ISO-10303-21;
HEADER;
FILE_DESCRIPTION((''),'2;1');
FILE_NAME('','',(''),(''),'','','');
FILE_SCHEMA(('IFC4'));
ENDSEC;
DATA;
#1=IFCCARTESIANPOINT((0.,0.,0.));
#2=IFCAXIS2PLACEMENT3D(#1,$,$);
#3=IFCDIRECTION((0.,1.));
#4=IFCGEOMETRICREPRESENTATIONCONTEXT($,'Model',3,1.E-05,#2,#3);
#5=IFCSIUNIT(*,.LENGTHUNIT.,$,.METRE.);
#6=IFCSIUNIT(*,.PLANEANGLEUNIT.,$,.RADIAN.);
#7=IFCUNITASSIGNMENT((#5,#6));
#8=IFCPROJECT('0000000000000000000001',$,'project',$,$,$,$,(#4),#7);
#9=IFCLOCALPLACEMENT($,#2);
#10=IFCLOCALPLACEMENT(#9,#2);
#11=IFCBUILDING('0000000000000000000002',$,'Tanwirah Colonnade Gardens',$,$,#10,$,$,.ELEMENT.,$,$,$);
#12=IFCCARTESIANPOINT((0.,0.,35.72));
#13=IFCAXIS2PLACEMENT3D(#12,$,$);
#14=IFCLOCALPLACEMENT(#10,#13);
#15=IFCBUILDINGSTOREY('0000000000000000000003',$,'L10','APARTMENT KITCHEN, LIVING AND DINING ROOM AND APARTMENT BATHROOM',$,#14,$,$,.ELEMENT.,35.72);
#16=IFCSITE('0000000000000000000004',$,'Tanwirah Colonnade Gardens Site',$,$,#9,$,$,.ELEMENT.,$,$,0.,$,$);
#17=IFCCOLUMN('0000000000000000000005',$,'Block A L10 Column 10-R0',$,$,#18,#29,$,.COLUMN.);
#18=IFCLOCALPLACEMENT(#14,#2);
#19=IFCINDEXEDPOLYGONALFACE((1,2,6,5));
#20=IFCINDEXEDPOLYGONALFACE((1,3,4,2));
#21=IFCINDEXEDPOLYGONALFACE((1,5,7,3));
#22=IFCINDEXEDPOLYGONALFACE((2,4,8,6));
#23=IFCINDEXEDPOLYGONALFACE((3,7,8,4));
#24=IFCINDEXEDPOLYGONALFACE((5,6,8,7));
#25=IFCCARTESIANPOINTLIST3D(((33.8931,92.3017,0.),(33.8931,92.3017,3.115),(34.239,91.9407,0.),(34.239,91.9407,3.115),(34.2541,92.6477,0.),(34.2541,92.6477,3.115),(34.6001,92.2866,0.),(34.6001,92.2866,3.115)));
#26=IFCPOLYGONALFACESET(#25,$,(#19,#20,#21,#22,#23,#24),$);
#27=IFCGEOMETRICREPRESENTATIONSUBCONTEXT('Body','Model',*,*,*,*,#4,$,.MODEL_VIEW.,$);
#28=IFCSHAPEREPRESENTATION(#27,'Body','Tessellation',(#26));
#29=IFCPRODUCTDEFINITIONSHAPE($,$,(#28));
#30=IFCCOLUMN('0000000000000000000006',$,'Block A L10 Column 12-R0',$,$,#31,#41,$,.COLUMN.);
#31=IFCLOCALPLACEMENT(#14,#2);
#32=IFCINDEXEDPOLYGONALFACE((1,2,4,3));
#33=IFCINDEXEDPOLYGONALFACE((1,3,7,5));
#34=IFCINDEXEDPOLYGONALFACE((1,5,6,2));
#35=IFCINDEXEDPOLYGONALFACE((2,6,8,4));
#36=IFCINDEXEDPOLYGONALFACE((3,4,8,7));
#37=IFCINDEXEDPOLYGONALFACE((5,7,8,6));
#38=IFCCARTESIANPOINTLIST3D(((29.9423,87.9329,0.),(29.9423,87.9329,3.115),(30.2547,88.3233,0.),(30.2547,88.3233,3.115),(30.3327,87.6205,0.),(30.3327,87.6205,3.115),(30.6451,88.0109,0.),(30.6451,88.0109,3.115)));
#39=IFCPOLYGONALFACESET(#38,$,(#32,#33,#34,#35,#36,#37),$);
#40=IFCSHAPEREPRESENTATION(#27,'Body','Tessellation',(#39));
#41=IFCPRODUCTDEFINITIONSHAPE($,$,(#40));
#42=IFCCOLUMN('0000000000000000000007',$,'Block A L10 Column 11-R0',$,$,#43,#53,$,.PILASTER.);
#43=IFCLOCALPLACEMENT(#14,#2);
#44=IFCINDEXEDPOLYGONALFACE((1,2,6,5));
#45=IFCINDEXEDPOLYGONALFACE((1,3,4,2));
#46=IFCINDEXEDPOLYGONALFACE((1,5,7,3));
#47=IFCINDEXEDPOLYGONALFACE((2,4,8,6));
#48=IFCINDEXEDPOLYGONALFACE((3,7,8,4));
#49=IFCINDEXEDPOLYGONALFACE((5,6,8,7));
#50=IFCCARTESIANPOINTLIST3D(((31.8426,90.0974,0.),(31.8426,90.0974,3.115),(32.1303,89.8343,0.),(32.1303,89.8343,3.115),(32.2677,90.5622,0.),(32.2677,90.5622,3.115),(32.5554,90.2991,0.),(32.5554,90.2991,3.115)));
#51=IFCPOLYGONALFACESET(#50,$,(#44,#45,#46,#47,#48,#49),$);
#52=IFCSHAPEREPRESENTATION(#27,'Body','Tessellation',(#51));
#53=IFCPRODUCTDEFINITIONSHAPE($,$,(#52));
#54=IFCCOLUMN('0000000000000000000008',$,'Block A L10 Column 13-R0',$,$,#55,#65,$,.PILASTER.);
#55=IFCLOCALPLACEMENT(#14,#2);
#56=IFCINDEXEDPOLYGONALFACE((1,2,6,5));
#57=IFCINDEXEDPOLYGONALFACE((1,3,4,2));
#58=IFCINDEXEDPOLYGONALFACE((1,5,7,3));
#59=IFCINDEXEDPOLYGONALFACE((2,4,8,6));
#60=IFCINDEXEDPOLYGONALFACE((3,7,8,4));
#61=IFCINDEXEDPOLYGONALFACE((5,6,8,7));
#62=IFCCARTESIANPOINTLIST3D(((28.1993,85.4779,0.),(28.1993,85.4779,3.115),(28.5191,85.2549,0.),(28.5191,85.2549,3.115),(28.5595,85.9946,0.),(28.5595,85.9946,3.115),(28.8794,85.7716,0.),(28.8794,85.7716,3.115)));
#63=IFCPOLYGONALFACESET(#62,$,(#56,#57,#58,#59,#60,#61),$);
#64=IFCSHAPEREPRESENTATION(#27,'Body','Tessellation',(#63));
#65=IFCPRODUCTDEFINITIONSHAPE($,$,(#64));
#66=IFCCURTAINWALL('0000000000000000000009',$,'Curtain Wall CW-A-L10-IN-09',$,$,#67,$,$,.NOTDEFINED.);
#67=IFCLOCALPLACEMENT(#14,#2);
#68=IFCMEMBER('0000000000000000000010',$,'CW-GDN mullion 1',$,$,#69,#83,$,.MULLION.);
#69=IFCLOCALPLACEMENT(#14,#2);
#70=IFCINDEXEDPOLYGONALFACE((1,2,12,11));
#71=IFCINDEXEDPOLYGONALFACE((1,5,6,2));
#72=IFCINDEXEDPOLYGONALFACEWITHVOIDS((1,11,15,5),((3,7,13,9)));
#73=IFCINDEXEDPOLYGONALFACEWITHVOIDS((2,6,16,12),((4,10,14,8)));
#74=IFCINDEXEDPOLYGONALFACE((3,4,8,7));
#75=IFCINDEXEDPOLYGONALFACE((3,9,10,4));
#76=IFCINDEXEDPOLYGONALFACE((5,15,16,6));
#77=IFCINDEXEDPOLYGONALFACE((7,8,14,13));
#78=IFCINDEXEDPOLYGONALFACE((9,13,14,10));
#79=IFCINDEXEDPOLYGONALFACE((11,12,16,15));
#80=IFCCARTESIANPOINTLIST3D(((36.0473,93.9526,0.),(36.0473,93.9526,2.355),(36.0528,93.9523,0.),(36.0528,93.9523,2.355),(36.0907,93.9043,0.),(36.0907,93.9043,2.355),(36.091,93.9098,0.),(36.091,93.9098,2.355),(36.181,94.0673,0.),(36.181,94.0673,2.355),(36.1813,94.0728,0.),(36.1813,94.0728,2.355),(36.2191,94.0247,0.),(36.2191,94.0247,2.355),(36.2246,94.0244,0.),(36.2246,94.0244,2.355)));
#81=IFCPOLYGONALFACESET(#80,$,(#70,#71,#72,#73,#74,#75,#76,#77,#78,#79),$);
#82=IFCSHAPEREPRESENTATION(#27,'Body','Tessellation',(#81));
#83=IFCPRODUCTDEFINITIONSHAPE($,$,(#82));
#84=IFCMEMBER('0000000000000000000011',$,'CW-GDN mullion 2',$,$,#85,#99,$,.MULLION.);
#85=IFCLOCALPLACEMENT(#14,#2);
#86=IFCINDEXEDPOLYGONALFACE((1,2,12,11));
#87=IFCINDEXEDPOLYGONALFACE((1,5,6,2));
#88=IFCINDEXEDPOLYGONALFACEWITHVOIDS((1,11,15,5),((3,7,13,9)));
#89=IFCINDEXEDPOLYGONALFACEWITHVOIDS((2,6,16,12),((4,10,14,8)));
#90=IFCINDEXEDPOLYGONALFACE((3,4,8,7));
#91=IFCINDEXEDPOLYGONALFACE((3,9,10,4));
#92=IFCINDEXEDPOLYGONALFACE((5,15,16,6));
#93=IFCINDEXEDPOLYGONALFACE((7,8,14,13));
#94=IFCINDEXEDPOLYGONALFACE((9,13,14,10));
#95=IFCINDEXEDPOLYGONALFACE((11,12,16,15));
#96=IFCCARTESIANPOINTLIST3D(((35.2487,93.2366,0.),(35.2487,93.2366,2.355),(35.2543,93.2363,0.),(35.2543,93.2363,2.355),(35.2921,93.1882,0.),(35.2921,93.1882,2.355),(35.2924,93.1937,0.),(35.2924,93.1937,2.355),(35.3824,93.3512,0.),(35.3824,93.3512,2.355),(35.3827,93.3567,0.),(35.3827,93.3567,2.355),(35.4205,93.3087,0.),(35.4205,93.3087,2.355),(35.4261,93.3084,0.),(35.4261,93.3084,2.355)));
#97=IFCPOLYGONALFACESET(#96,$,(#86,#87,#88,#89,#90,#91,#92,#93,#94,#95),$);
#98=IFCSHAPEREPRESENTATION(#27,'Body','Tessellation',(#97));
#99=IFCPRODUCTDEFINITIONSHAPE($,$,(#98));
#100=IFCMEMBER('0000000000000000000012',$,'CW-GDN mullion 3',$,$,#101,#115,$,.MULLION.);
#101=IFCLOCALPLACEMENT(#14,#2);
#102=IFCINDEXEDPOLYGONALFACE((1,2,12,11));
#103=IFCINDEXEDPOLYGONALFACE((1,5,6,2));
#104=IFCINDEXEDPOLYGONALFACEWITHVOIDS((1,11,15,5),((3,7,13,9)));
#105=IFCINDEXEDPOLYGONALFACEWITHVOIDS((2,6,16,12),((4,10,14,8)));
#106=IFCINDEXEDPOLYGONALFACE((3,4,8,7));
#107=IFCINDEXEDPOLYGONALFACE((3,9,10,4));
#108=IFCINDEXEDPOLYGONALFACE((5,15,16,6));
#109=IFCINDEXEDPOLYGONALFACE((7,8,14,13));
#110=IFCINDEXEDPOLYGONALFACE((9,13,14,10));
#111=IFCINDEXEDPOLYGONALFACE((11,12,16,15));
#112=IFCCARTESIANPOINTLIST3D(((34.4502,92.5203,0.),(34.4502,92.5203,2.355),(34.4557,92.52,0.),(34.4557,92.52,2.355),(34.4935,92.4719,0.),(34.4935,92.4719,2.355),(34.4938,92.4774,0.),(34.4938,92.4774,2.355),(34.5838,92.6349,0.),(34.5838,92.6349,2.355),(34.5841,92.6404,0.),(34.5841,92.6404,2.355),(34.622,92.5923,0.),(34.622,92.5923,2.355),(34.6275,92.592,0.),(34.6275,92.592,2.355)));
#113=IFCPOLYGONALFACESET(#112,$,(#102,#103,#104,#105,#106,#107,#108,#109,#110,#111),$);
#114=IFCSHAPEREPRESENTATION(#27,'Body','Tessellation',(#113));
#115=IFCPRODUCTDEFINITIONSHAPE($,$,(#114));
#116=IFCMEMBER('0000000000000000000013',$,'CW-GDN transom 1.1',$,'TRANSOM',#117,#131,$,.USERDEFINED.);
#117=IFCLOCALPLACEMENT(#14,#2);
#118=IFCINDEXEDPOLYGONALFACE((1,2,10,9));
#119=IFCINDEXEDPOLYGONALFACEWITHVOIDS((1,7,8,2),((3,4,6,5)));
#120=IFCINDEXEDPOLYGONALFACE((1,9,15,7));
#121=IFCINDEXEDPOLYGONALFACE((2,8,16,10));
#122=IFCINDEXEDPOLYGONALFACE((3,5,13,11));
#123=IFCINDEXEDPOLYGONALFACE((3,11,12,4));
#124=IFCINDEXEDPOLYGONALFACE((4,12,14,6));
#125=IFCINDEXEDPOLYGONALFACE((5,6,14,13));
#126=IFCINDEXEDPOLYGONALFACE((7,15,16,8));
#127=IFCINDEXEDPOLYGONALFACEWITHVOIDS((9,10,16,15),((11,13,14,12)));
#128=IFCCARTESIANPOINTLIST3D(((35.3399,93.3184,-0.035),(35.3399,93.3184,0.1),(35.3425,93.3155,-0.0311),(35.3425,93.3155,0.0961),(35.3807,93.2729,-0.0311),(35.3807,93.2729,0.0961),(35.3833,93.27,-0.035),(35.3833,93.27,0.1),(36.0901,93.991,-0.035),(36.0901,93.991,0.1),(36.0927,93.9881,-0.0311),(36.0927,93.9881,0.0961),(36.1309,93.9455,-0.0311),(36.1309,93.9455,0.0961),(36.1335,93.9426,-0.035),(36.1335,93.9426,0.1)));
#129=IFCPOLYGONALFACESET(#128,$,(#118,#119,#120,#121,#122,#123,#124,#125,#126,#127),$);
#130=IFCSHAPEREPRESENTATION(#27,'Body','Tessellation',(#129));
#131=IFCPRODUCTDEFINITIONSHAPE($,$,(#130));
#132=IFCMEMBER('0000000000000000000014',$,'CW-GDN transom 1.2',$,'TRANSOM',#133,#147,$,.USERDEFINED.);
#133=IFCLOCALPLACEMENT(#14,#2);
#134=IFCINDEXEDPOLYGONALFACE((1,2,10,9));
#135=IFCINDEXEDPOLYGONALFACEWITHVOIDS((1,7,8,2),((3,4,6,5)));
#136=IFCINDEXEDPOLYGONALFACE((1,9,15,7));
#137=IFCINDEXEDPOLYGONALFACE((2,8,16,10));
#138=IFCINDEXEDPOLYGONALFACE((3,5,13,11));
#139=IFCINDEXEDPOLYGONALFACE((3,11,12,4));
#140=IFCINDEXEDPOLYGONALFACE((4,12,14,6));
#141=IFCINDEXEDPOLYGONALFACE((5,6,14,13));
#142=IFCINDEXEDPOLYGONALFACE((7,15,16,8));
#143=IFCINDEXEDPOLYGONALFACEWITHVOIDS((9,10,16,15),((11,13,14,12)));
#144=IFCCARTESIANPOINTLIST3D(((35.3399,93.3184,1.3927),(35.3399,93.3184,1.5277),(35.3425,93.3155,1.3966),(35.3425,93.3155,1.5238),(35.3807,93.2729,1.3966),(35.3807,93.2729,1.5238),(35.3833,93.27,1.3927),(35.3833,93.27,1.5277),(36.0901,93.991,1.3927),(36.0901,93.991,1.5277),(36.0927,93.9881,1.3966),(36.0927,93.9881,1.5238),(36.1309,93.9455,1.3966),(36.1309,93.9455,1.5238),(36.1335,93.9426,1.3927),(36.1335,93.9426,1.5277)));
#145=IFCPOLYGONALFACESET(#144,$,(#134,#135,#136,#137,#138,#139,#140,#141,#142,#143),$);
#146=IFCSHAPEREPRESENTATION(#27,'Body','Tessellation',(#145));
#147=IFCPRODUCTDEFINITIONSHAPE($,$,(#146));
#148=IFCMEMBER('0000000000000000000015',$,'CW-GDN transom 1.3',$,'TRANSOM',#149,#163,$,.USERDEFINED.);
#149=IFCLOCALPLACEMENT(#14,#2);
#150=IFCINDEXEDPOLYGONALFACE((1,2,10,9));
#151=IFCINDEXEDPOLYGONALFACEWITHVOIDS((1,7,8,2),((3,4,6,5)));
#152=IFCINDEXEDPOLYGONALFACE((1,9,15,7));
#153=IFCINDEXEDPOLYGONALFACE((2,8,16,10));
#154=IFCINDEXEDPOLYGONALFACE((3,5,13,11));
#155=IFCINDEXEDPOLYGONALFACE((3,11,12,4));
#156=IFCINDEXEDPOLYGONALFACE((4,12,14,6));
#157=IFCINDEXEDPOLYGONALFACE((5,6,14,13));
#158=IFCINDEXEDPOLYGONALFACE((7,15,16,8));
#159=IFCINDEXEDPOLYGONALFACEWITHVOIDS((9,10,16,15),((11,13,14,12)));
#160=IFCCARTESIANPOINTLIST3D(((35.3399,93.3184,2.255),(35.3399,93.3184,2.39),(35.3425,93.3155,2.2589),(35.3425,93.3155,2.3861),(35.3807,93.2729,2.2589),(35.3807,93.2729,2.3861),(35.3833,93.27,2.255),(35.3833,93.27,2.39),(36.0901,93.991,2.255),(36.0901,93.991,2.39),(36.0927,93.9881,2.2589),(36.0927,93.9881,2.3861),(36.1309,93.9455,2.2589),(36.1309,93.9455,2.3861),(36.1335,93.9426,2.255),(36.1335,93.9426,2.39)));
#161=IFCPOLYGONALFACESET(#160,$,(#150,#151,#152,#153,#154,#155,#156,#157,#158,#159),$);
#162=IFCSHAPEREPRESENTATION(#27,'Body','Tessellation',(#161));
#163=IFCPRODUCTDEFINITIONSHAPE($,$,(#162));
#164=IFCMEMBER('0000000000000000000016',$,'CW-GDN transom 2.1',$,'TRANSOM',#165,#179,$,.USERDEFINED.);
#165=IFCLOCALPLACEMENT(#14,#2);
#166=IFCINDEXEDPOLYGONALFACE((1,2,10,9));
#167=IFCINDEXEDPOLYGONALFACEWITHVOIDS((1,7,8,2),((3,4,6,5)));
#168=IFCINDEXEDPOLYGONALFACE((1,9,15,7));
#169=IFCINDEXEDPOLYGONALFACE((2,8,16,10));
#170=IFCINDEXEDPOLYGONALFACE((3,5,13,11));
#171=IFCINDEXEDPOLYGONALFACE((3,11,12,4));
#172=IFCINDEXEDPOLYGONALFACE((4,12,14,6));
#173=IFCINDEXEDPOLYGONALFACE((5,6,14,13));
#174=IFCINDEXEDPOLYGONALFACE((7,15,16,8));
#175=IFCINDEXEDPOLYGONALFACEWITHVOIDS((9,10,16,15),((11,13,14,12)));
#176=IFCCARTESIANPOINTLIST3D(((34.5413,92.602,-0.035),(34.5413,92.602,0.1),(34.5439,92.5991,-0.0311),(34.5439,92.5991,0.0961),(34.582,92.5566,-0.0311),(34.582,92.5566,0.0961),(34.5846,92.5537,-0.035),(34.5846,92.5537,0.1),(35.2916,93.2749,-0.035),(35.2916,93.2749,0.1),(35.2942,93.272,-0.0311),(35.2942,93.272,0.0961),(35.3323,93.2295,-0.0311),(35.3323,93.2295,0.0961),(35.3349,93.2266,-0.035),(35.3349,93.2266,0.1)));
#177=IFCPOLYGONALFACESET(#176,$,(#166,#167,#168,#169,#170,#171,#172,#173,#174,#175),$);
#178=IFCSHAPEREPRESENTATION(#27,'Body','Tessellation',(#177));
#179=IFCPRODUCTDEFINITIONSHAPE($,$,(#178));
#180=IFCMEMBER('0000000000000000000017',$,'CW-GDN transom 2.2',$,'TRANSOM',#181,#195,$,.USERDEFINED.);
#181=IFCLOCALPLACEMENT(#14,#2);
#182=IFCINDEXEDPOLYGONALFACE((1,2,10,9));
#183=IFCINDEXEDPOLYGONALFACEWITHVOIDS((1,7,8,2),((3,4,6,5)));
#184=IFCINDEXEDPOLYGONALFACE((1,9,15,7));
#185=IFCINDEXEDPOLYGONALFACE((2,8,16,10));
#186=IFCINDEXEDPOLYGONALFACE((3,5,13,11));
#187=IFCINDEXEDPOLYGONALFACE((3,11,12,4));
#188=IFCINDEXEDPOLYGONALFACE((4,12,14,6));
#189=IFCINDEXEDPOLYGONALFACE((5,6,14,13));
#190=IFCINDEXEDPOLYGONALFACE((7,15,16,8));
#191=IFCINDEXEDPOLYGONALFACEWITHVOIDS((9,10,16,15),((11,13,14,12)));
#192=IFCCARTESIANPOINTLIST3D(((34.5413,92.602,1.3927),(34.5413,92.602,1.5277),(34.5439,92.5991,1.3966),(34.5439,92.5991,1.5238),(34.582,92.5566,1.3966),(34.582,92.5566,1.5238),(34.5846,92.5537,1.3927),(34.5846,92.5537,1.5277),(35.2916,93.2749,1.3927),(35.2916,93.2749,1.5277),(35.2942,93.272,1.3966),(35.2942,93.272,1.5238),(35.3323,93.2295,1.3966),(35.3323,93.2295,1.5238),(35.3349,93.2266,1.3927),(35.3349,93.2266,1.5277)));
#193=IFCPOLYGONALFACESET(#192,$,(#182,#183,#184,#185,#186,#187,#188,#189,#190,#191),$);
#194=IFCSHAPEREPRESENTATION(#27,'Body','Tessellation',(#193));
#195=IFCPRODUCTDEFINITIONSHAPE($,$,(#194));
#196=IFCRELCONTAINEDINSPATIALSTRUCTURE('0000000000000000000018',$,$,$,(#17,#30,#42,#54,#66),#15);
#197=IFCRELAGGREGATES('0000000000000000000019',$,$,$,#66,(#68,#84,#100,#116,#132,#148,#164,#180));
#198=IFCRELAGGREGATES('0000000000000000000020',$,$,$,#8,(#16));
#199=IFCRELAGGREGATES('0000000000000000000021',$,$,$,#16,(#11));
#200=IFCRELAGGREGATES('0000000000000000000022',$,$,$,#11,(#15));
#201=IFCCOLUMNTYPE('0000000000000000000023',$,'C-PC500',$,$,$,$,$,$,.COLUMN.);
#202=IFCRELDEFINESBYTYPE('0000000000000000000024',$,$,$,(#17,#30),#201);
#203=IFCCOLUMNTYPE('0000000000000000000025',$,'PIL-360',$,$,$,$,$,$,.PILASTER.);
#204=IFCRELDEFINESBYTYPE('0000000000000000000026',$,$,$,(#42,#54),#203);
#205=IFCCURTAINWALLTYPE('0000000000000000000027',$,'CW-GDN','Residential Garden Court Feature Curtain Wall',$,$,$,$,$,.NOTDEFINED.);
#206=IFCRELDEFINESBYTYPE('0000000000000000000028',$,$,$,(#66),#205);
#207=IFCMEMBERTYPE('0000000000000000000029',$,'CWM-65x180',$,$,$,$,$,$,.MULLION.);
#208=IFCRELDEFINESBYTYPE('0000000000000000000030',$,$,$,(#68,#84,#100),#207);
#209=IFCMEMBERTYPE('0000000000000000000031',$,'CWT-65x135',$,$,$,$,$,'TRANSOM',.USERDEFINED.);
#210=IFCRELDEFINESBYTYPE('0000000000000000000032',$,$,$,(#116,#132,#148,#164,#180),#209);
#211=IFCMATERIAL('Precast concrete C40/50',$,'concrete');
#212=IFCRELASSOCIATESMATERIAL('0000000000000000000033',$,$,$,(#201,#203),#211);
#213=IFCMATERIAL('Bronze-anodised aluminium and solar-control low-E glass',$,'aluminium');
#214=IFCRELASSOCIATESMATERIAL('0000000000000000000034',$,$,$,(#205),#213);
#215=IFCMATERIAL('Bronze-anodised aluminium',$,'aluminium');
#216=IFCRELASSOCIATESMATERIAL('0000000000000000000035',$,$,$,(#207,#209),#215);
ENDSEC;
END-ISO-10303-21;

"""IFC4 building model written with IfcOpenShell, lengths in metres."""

from ifc_helpers import new_model, si_unit, direction, frame, origin, origin_2d, place, context, subcontext, project, spatial, rectangle, hollow_rectangle, extrude, material, material_profile, profile_set, type_object, element, aggregate, save


model = new_model("IFC4")

# Units and contexts
model_context = context("Model", 3, precision=1e-05, world=origin(), true_north=direction((0.0, 1.0)))
body_context = subcontext(model_context, "Body", "Model", "MODEL_VIEW")
ifc_project = project(units=[si_unit("LENGTHUNIT", "METRE"), si_unit("PLANEANGLEUNIT", "RADIAN")], contexts=[model_context])

# Site, building, storey
site_placement = place(None, origin())
site = spatial("IfcSite", under=ifc_project, at=site_placement, Name="Tanwirah Colonnade Gardens Site", CompositionType="ELEMENT", RefElevation=0.0)
building_placement = place(site_placement, origin())
building = spatial("IfcBuilding", under=site, at=building_placement, Name="Tanwirah Colonnade Gardens", CompositionType="ELEMENT")
storey_placement = place(building_placement, frame((0.0, 0.0, 35.72)))
storey = spatial("IfcBuildingStorey", under=building, at=storey_placement, Name="L10", Description="APARTMENT KITCHEN, LIVING AND DINING ROOM AND APARTMENT BATHROOM", CompositionType="ELEMENT", Elevation=35.72)

# Columns
ifc_material_1 = material(Name="Precast concrete C40/50", Category="concrete")
ifc_material_profile_1 = material_profile(ifc_material_1, rectangle(XDim=0.5, YDim=0.5, at=origin_2d()), Name="PC-COL 500x500")
ifc_profile_set_1 = profile_set([ifc_material_profile_1], Name="Precast concrete C40/50")
column_type_1 = type_object("IfcColumnType", Name="C-PC500", PredefinedType="COLUMN", material=ifc_profile_set_1)
for number, where, z_axis, x_axis, name in (
    (1, (34.2466, 92.2942, 0.0), (0.0, 0.0, 1.0), (-0.691863, 0.722029, 0.0), "Block A L10 Column 10-R0"),
    (2, (30.2937, 87.9719, 0.0), (0.0, 0.0, 1.0), (-0.780794, 0.624788, 0.0), "Block A L10 Column 12-R0"),
):
    element("IfcColumn", number, at=place(storey_placement, frame(where, z_axis=z_axis, x_axis=x_axis)), inside=storey, type_object=column_type_1, Name=name, PredefinedType="COLUMN", context=body_context, shape_type="SweptSolid", body=[
        extrude(rectangle(XDim=0.5, YDim=0.5, at=origin_2d()), origin(), (0.0, 0.0, 1.0), 3.115),
    ])
ifc_material_profile_2 = material_profile(ifc_material_1, rectangle(XDim=0.3899, YDim=0.6299, at=origin_2d()), Name="PC-PIL 390x630")
ifc_profile_set_2 = profile_set([ifc_material_profile_2], Name="Precast concrete C40/50")
column_type_2 = type_object("IfcColumnType", Name="PIL-360", PredefinedType="PILASTER", material=ifc_profile_set_2)
for number, where, z_axis, x_axis, name in (
    (3, (32.199, 90.1982, 0.0), (0.0, 0.0, 1.0), (-0.737932, 0.674875, 0.0), "Block A L10 Column 11-R0"),
    (4, (28.5393, 85.6248, 0.0), (0.0, 0.0, 1.0), (-0.820263, 0.571987, 0.0), "Block A L10 Column 13-R0"),
):
    element("IfcColumn", number, at=place(storey_placement, frame(where, z_axis=z_axis, x_axis=x_axis)), inside=storey, type_object=column_type_2, Name=name, PredefinedType="PILASTER", context=body_context, shape_type="SweptSolid", body=[
        extrude(rectangle(XDim=0.3899, YDim=0.6299, at=origin_2d()), origin(), (0.0, 0.0, 1.0), 3.115),
    ])

# Curtain wall, members
ifc_material_2 = material(Name="Bronze-anodised aluminium and solar-control low-E glass", Category="aluminium")
curtain_wall_type = type_object("IfcCurtainWallType", Name="CW-GDN", Description="Residential Garden Court Feature Curtain Wall", PredefinedType="NOTDEFINED", material=ifc_material_2)
curtain_wall_placement = place(storey_placement, origin())
curtain_wall = element("IfcCurtainWall", 5, at=curtain_wall_placement, inside=storey, type_object=curtain_wall_type, Name="Curtain Wall CW-A-L10-IN-09", PredefinedType="NOTDEFINED")
ifc_material_3 = material(Name="Bronze-anodised aluminium", Category="aluminium")
ifc_material_profile_3 = material_profile(ifc_material_3, hollow_rectangle(XDim=0.0649, YDim=0.1799, WallThickness=0.0039, at=origin_2d()), Name="CW-MUL 65x180x4")
ifc_profile_set_3 = profile_set([ifc_material_profile_3], Name="Bronze-anodised aluminium")
member_type_1 = type_object("IfcMemberType", Name="CWM-65x180", PredefinedType="MULLION", material=ifc_profile_set_3)
member_1_placement = place(storey_placement, frame((36.136, 93.9885, 0.0), z_axis=(0.0, 0.0, 1.0), x_axis=(0.667689, -0.74444, 0.0)))
member_1 = element("IfcMember", 6, at=member_1_placement, type_object=member_type_1, Name="CW-GDN mullion 1", PredefinedType="MULLION", context=body_context, shape_type="SweptSolid", body=[
    extrude(hollow_rectangle(XDim=0.0649, YDim=0.1799, WallThickness=0.0039, at=origin_2d()), origin(), (0.0, 0.0, 1.0), 2.355),
])
member_2_placement = place(storey_placement, frame((35.3374, 93.2725, 0.0), z_axis=(0.0, 0.0, 1.0), x_axis=(0.667689, -0.74444, 0.0)))
member_2 = element("IfcMember", 7, at=member_2_placement, type_object=member_type_1, Name="CW-GDN mullion 2", PredefinedType="MULLION", context=body_context, shape_type="SweptSolid", body=[
    extrude(hollow_rectangle(XDim=0.0649, YDim=0.1799, WallThickness=0.0039, at=origin_2d()), origin(), (0.0, 0.0, 1.0), 2.355),
])
member_3_placement = place(storey_placement, frame((34.5388, 92.5562, 0.0), z_axis=(0.0, 0.0, 1.0), x_axis=(0.667689, -0.74444, 0.0)))
member_3 = element("IfcMember", 8, at=member_3_placement, type_object=member_type_1, Name="CW-GDN mullion 3", PredefinedType="MULLION", context=body_context, shape_type="SweptSolid", body=[
    extrude(hollow_rectangle(XDim=0.0649, YDim=0.1799, WallThickness=0.0039, at=origin_2d()), origin(), (0.0, 0.0, 1.0), 2.355),
])
ifc_material_profile_4 = material_profile(ifc_material_3, hollow_rectangle(XDim=0.0649, YDim=0.135, WallThickness=0.0039, at=origin_2d()), Name="CW-TRN 65x135x4")
ifc_profile_set_4 = profile_set([ifc_material_profile_4], Name="Bronze-anodised aluminium")
member_type_2 = type_object("IfcMemberType", Name="CWT-65x135", ElementType="TRANSOM", PredefinedType="USERDEFINED", material=ifc_profile_set_4)
member_4_placement = place(storey_placement, frame((36.1118, 93.9668, 0.0325), z_axis=(-0.744582, -0.667531, 0.0), x_axis=(0.667531, -0.744582, 0.0)))
member_4 = element("IfcMember", 9, at=member_4_placement, type_object=member_type_2, Name="CW-GDN transom 1.1", ObjectType="TRANSOM", PredefinedType="USERDEFINED", context=body_context, shape_type="SweptSolid", body=[
    extrude(hollow_rectangle(XDim=0.0649, YDim=0.135, WallThickness=0.0039, at=origin_2d()), origin(), (0.0, 0.0, 1.0), 1.0076),
])
member_5_placement = place(storey_placement, frame((36.1118, 93.9668, 1.4602), z_axis=(-0.744582, -0.667531, 0.0), x_axis=(0.667531, -0.744582, 0.0)))
member_5 = element("IfcMember", 10, at=member_5_placement, type_object=member_type_2, Name="CW-GDN transom 1.2", ObjectType="TRANSOM", PredefinedType="USERDEFINED", context=body_context, shape_type="SweptSolid", body=[
    extrude(hollow_rectangle(XDim=0.0649, YDim=0.135, WallThickness=0.0039, at=origin_2d()), origin(), (0.0, 0.0, 1.0), 1.0076),
])
member_6_placement = place(storey_placement, frame((36.1118, 93.9668, 2.3225), z_axis=(-0.744582, -0.667531, 0.0), x_axis=(0.667531, -0.744582, 0.0)))
member_6 = element("IfcMember", 11, at=member_6_placement, type_object=member_type_2, Name="CW-GDN transom 1.3", ObjectType="TRANSOM", PredefinedType="USERDEFINED", context=body_context, shape_type="SweptSolid", body=[
    extrude(hollow_rectangle(XDim=0.0649, YDim=0.135, WallThickness=0.0039, at=origin_2d()), origin(), (0.0, 0.0, 1.0), 1.0076),
])
member_7_placement = place(storey_placement, frame((35.3132, 93.2507, 0.0325), z_axis=(-0.744461, -0.667665, 0.0), x_axis=(0.667665, -0.744461, 0.0)))
member_7 = element("IfcMember", 12, at=member_7_placement, type_object=member_type_2, Name="CW-GDN transom 2.1", ObjectType="TRANSOM", PredefinedType="USERDEFINED", context=body_context, shape_type="SweptSolid", body=[
    extrude(hollow_rectangle(XDim=0.0649, YDim=0.135, WallThickness=0.0039, at=origin_2d()), origin(), (0.0, 0.0, 1.0), 1.0078),
])
member_8_placement = place(storey_placement, frame((35.3132, 93.2507, 1.4602), z_axis=(-0.744461, -0.667665, 0.0), x_axis=(0.667665, -0.744461, 0.0)))
member_8 = element("IfcMember", 13, at=member_8_placement, type_object=member_type_2, Name="CW-GDN transom 2.2", ObjectType="TRANSOM", PredefinedType="USERDEFINED", context=body_context, shape_type="SweptSolid", body=[
    extrude(hollow_rectangle(XDim=0.0649, YDim=0.135, WallThickness=0.0039, at=origin_2d()), origin(), (0.0, 0.0, 1.0), 1.0078),
])

aggregate(curtain_wall, [member_1, member_2, member_3, member_4, member_5, member_6, member_7, member_8])

save(model, "model.ifc")
